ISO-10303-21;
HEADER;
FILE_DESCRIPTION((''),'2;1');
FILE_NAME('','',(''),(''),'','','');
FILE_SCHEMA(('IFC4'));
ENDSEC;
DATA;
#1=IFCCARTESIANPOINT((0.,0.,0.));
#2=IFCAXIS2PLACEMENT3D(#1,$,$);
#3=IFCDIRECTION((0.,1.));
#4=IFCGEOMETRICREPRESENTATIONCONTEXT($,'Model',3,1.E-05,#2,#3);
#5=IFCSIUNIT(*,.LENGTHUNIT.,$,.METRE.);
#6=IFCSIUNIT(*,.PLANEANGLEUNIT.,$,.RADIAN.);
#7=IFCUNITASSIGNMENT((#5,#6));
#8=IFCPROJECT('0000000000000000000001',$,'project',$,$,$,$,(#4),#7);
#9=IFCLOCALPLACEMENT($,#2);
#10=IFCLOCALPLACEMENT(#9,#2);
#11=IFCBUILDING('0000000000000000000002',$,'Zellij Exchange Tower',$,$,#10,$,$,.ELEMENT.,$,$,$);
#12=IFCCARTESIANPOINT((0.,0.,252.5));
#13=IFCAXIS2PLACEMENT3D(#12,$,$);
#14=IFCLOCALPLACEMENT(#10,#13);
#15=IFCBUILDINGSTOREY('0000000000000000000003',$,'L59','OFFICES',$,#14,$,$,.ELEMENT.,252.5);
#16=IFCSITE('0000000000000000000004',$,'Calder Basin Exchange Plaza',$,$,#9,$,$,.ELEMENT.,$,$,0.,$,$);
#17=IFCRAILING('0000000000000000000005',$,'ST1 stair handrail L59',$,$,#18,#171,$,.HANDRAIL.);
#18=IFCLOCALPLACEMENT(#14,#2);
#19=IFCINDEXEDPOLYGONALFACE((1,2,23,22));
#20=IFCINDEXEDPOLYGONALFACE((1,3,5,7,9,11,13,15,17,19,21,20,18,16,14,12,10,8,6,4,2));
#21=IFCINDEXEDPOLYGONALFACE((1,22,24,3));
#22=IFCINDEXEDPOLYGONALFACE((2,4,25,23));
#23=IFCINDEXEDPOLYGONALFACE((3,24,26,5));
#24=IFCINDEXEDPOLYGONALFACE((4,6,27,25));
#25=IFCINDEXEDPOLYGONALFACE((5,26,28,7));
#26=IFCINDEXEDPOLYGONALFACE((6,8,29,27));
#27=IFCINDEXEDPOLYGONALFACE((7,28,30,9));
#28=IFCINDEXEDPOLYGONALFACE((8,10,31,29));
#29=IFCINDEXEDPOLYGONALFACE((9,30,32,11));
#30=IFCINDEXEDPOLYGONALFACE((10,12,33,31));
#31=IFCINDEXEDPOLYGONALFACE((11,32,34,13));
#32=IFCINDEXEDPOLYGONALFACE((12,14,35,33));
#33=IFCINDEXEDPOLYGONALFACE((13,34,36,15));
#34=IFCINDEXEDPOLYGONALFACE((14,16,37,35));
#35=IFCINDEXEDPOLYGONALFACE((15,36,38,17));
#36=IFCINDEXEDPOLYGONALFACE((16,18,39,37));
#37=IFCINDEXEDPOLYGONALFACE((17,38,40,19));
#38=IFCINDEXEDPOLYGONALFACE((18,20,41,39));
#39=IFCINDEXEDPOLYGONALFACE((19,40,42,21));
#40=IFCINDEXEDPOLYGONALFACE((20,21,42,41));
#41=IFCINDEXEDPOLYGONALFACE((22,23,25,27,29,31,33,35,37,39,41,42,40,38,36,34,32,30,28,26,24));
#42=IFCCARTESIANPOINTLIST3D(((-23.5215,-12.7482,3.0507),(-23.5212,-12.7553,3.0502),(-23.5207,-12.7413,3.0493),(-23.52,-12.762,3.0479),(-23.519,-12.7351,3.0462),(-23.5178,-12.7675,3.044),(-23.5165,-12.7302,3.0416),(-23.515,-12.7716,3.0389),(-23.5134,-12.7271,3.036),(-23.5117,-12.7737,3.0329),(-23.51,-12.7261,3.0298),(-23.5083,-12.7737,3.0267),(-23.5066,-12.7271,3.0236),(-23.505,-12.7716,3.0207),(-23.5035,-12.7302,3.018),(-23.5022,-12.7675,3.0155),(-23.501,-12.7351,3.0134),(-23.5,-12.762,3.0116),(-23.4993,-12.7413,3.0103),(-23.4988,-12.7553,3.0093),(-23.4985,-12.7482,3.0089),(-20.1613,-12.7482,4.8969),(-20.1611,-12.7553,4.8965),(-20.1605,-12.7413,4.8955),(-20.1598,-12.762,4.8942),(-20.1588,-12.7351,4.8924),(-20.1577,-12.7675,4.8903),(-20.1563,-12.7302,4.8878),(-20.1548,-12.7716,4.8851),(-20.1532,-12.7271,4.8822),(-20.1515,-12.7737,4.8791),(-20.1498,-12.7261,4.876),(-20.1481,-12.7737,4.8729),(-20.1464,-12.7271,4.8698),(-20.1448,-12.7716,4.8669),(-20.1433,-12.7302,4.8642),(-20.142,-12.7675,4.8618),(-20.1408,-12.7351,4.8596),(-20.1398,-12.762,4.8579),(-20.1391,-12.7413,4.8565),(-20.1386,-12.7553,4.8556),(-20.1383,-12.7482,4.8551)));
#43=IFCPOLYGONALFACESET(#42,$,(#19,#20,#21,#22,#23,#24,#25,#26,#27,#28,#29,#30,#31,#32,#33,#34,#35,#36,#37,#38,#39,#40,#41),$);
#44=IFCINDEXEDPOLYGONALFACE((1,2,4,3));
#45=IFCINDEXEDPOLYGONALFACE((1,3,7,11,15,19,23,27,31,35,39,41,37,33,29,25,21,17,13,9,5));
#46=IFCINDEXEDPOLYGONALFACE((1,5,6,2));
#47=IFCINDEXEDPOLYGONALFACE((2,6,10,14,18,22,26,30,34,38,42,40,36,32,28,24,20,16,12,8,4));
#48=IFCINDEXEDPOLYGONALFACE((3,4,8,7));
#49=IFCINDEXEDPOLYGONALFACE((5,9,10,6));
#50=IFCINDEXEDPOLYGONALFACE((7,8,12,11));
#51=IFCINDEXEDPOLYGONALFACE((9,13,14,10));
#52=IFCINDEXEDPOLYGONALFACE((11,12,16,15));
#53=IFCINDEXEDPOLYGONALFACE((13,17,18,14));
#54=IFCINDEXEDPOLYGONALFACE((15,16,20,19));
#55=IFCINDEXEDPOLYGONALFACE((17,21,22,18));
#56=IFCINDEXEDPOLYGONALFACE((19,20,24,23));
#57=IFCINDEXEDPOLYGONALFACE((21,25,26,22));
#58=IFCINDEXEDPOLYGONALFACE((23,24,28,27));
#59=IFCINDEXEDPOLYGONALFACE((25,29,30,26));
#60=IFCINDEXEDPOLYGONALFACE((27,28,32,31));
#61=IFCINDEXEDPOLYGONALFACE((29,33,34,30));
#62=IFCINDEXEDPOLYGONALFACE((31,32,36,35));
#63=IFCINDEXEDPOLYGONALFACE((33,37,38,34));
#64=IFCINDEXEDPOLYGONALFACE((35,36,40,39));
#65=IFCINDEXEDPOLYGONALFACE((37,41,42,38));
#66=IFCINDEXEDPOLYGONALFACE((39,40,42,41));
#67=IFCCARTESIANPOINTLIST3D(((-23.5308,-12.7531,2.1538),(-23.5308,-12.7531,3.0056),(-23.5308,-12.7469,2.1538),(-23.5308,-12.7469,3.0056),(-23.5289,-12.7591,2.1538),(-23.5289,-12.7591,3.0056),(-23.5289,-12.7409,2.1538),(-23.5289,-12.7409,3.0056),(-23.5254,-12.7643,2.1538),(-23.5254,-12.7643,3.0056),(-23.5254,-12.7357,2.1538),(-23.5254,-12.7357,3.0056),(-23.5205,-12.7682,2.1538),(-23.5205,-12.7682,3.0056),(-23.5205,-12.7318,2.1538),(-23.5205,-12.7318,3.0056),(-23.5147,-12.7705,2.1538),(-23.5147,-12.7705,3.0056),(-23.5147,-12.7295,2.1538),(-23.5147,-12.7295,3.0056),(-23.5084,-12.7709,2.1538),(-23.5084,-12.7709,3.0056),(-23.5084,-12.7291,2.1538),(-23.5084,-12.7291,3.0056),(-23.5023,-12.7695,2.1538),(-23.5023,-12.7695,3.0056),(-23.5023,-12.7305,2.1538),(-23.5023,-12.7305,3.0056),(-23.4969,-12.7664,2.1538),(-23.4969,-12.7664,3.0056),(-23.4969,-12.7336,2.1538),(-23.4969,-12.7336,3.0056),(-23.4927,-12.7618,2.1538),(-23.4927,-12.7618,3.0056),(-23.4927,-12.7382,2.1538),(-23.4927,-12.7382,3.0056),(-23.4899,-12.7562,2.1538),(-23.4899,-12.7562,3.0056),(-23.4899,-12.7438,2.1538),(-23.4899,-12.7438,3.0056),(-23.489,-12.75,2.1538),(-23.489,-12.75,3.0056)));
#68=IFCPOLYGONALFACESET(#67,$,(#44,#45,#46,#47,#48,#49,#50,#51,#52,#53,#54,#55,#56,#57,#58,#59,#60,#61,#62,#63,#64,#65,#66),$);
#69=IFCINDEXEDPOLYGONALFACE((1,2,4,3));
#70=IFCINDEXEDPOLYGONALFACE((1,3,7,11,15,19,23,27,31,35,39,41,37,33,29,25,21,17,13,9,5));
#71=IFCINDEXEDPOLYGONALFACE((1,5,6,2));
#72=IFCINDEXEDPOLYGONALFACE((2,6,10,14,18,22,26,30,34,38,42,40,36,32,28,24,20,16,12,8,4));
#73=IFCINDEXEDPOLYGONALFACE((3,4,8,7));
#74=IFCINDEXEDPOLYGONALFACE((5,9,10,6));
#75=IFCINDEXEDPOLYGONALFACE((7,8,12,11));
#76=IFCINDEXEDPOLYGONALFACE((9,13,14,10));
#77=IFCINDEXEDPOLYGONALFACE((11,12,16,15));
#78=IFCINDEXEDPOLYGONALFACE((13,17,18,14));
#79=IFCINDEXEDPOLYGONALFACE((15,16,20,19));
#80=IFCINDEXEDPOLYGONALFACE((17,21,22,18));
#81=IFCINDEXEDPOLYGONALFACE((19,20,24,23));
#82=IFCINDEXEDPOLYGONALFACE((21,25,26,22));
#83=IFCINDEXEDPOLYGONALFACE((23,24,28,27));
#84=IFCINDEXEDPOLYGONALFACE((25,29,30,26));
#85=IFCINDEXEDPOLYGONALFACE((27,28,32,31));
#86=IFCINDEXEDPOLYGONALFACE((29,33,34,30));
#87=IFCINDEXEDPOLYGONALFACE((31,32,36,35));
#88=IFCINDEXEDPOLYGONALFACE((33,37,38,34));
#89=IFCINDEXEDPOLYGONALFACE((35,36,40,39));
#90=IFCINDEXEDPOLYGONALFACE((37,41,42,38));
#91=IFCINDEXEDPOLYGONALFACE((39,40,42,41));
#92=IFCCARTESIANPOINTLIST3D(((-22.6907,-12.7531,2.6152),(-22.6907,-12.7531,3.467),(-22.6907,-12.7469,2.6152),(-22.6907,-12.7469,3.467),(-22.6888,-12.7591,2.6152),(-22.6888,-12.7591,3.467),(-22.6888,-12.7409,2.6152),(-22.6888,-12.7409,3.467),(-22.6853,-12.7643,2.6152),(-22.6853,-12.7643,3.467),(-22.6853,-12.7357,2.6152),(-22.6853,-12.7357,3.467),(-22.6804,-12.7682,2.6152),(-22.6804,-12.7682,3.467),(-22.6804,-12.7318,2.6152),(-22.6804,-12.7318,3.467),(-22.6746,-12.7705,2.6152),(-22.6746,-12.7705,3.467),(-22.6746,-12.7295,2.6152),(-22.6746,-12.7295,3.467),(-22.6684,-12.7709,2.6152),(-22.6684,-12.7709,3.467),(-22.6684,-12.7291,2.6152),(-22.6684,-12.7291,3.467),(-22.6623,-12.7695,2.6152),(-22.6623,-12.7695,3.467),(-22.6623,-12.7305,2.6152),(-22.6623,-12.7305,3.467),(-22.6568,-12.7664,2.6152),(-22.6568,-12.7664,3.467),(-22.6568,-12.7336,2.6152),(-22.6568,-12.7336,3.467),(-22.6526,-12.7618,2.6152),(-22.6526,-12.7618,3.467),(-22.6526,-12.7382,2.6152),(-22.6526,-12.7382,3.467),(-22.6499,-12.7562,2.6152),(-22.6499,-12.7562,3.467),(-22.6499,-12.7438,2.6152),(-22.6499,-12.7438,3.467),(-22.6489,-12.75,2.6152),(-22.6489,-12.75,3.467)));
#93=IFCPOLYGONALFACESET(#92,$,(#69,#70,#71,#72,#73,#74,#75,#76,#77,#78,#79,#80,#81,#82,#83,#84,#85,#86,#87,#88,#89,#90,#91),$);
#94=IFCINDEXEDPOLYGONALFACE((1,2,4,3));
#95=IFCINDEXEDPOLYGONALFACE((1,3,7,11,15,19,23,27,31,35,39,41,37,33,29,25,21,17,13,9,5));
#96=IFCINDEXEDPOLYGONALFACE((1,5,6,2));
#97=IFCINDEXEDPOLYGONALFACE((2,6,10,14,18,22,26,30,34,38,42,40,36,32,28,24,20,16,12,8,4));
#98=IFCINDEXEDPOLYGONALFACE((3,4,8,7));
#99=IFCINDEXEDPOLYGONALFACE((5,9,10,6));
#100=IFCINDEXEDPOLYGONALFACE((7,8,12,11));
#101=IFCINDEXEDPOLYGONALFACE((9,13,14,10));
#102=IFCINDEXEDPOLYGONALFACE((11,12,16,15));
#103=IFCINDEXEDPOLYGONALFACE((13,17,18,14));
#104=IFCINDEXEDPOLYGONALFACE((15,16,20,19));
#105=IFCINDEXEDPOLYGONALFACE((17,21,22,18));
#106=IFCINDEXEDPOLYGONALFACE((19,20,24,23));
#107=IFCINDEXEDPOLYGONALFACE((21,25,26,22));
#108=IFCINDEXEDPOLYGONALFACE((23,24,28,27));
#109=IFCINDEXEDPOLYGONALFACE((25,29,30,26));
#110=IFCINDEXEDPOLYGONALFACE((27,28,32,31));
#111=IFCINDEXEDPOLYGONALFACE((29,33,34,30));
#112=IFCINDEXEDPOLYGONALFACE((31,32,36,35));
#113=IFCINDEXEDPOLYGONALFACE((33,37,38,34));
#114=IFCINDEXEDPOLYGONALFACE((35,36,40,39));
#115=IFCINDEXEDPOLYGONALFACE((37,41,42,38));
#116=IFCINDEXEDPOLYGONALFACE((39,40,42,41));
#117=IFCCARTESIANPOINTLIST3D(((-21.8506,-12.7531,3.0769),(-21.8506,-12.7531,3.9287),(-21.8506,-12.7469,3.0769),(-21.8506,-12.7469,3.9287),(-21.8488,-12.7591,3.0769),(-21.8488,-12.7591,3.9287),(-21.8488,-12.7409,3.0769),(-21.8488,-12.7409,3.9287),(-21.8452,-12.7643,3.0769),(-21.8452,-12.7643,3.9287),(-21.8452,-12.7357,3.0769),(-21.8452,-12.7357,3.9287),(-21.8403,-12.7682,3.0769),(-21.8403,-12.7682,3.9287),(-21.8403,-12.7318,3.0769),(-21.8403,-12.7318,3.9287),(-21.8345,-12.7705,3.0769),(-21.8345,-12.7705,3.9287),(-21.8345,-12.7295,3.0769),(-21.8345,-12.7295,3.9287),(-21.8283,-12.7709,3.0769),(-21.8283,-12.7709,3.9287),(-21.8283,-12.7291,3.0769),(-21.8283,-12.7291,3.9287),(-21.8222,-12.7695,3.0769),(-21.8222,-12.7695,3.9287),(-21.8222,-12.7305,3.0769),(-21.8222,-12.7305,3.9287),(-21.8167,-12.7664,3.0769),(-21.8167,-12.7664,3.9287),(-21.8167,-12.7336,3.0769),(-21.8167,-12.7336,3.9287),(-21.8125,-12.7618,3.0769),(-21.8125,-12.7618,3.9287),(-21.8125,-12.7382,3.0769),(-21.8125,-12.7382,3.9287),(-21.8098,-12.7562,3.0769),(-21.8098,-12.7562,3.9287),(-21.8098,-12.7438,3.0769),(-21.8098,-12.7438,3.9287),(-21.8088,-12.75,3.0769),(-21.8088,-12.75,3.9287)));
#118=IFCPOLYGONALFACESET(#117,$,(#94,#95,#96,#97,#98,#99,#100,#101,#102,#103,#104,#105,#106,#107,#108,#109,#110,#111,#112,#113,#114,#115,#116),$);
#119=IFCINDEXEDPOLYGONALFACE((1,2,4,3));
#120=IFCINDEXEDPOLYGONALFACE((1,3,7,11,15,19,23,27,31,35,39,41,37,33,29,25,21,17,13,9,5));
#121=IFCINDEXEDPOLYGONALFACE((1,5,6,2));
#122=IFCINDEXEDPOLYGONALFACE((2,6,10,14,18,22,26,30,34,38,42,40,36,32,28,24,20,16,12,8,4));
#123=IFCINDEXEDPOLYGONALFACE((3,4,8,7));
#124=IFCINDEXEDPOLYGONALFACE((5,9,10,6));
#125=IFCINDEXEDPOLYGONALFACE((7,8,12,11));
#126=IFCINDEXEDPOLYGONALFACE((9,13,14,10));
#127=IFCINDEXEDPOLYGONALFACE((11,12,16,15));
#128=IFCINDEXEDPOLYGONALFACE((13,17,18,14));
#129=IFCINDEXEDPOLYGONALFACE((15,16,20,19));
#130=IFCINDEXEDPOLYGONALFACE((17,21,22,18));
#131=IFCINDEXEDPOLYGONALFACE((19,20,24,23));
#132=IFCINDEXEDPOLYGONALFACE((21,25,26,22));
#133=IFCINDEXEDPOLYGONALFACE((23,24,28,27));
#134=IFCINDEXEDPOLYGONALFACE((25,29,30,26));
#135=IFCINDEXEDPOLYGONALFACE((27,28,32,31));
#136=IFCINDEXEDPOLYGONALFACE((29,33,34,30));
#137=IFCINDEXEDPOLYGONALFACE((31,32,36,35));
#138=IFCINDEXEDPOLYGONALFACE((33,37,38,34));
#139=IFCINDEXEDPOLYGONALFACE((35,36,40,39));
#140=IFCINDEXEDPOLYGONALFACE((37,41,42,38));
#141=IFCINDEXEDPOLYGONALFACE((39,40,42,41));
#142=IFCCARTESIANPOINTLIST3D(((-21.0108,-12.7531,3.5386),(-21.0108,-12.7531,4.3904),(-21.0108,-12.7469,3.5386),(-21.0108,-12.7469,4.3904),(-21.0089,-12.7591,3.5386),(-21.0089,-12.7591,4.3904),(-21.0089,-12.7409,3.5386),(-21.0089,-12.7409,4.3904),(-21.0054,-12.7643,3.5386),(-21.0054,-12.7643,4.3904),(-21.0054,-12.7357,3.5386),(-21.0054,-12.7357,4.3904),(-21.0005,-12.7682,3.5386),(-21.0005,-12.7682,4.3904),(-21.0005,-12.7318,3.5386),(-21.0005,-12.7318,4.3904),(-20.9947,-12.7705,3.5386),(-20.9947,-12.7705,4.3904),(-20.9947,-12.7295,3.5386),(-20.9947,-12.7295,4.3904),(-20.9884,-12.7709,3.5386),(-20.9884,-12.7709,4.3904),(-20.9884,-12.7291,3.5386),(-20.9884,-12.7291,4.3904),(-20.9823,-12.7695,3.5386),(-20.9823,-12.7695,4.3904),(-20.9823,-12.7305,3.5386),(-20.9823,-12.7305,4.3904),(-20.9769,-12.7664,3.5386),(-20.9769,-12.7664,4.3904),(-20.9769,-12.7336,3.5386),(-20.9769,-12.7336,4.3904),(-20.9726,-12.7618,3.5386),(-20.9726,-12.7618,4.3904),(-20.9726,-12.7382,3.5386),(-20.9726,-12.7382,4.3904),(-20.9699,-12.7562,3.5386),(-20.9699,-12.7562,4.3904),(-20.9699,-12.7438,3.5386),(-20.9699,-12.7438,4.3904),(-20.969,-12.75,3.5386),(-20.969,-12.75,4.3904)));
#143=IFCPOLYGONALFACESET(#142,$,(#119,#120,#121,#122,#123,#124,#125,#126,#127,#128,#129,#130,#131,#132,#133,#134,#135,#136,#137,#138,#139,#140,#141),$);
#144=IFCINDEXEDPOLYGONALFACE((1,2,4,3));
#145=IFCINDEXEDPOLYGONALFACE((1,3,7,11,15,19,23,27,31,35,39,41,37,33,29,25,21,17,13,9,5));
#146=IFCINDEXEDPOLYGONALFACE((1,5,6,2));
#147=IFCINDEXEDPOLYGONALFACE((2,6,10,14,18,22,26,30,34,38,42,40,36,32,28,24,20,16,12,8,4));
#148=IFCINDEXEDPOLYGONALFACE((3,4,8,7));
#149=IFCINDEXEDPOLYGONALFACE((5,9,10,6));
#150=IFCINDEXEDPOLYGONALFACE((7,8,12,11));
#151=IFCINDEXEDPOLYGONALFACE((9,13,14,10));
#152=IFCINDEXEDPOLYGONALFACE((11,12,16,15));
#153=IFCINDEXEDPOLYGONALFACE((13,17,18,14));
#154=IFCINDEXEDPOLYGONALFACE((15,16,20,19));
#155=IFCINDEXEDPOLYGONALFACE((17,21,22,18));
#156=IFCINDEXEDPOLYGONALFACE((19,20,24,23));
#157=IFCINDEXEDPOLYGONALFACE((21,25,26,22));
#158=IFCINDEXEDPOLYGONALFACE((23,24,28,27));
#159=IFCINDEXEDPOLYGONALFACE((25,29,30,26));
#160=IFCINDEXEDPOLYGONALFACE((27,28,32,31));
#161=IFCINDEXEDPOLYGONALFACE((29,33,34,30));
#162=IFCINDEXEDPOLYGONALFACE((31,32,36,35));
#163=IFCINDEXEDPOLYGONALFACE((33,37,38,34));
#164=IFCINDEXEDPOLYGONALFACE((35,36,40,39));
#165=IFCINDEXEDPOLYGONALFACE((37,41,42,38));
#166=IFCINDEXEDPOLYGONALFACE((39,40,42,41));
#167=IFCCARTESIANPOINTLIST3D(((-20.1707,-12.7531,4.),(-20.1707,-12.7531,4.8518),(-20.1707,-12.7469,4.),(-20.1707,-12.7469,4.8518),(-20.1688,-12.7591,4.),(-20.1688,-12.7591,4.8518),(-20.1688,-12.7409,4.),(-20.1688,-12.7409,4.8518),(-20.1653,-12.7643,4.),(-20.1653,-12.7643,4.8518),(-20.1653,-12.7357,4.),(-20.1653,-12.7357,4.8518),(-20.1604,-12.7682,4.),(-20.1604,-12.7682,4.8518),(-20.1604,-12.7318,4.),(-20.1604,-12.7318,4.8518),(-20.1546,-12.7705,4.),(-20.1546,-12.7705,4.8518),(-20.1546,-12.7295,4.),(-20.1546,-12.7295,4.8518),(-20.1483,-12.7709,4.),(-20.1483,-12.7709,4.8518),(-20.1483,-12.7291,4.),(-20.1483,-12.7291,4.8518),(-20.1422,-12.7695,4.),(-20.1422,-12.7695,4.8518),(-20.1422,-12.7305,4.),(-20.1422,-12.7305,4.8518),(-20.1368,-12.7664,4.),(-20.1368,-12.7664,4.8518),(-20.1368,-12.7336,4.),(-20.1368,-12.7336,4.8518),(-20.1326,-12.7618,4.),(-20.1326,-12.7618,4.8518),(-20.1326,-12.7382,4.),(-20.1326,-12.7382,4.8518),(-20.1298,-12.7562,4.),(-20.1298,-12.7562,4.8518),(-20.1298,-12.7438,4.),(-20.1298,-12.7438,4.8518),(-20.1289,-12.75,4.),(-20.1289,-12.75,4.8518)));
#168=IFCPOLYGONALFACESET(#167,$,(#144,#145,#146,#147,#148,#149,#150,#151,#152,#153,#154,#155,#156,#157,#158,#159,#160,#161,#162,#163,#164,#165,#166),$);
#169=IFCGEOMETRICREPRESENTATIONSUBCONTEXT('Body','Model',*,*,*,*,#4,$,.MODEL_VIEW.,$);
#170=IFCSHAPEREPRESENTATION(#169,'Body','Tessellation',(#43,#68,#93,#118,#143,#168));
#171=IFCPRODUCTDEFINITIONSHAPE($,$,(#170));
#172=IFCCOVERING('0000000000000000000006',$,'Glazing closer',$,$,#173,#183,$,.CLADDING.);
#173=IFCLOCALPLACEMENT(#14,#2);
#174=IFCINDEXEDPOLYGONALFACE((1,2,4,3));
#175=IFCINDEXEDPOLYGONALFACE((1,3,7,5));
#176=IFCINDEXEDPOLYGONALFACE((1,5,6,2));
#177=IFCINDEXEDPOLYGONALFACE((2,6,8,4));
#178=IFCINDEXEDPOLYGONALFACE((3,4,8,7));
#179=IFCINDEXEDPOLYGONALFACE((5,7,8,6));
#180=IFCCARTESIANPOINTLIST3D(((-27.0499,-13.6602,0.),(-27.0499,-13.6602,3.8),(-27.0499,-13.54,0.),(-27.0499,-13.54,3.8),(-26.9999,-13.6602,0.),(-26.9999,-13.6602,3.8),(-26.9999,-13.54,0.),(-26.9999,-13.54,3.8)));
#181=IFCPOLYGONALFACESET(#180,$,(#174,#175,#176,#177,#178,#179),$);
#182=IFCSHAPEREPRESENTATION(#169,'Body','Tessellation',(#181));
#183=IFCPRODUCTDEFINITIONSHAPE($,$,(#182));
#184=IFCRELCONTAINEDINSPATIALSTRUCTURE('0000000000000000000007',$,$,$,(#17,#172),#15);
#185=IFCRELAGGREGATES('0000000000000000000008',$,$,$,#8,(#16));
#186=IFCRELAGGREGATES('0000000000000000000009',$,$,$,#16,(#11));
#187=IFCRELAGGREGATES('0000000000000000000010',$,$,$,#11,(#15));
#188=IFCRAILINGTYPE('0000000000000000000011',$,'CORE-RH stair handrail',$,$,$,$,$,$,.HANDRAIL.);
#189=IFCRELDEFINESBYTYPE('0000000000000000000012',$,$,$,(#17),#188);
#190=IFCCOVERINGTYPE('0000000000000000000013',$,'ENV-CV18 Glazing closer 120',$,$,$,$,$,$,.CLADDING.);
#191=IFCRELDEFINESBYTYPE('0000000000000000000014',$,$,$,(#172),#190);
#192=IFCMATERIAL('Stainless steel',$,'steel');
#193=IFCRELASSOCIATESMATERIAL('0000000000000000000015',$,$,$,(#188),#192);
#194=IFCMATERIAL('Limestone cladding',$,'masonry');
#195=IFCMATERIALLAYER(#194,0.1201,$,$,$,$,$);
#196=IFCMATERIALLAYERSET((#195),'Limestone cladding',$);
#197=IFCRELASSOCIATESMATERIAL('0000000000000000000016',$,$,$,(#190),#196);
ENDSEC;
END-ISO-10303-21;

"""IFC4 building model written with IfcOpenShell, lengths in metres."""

from ifc_helpers import new_model, si_unit, direction, frame, origin, origin_2d, place, context, subcontext, project, spatial, rectangle, circle, extrude, material, layer, layer_set, type_object, element, save


model = new_model("IFC4")

# Units and contexts
model_context = context("Model", 3, precision=1e-05, world=origin(), true_north=direction((0.0, 1.0)))
body_context = subcontext(model_context, "Body", "Model", "MODEL_VIEW")
ifc_project = project(units=[si_unit("LENGTHUNIT", "METRE"), si_unit("PLANEANGLEUNIT", "RADIAN")], contexts=[model_context])

# Site, building, storey
site_placement = place(None, origin())
site = spatial("IfcSite", under=ifc_project, at=site_placement, Name="Calder Basin Exchange Plaza", CompositionType="ELEMENT", RefElevation=0.0)
building_placement = place(site_placement, origin())
building = spatial("IfcBuilding", under=site, at=building_placement, Name="Zellij Exchange Tower", CompositionType="ELEMENT")
storey_placement = place(building_placement, frame((0.0, 0.0, 252.5)))
storey = spatial("IfcBuildingStorey", under=building, at=storey_placement, Name="L59", Description="OFFICES", CompositionType="ELEMENT", Elevation=252.5)

# Railing
ifc_material_1 = material(Name="Stainless steel", Category="steel")
railing_type_1 = type_object("IfcRailingType", Name="CORE-RH stair handrail", PredefinedType="HANDRAIL", material=ifc_material_1)
railing_1_placement = place(storey_placement, frame((-23.51, -12.75, 2.1538)))
element("IfcRailing", 1, at=railing_1_placement, inside=storey, type_object=railing_type_1, Name="ST1 stair handrail L59", PredefinedType="HANDRAIL", context=body_context, shape_type="SweptSolid", body=[
    extrude(circle(Radius=0.0239, at=origin_2d()), frame((0.0, 0.0, 0.876), z_axis=(0.876422, 0.0, 0.481545), x_axis=(0.0, 1.0, 0.0)), (0.0, 0.0, 1.0), 3.834),
    extrude(circle(Radius=0.021, at=origin_2d()), origin(), (0.0, 0.0, 1.0), 0.8518),
    extrude(circle(Radius=0.021, at=origin_2d()), frame((0.8401, 0.0, 0.4614)), (0.0, 0.0, 1.0), 0.8518),
    extrude(circle(Radius=0.021, at=origin_2d()), frame((1.6802, 0.0, 0.9231)), (0.0, 0.0, 1.0), 0.8518),
    extrude(circle(Radius=0.021, at=origin_2d()), frame((2.52, 0.0, 1.3848)), (0.0, 0.0, 1.0), 0.8518),
    extrude(circle(Radius=0.021, at=origin_2d()), frame((3.3601, 0.0, 1.8462)), (0.0, 0.0, 1.0), 0.8518),
])

# Covering
ifc_material_2 = material(Name="Limestone cladding", Category="masonry")
ifc_layer_1 = layer(ifc_material_2, 0.1201)
ifc_layer_set_1 = layer_set([ifc_layer_1], Name="Limestone cladding")
covering_type_1 = type_object("IfcCoveringType", Name="ENV-CV18 Glazing closer 120", PredefinedType="CLADDING", material=ifc_layer_set_1)
covering_1_placement = place(storey_placement, frame((-27.0249, -13.6001, 0.0), z_axis=(0.0, 0.0, 1.0), x_axis=(1.0, 0.0, 0.0)))
element("IfcCovering", 2, at=covering_1_placement, inside=storey, type_object=covering_type_1, Name="Glazing closer", PredefinedType="CLADDING", context=body_context, shape_type="SweptSolid", body=[
    extrude(rectangle(XDim=0.05, YDim=0.1201, at=origin_2d()), origin(), (0.0, 0.0, 1.0), 3.8),
])

save(model, "model.ifc")
